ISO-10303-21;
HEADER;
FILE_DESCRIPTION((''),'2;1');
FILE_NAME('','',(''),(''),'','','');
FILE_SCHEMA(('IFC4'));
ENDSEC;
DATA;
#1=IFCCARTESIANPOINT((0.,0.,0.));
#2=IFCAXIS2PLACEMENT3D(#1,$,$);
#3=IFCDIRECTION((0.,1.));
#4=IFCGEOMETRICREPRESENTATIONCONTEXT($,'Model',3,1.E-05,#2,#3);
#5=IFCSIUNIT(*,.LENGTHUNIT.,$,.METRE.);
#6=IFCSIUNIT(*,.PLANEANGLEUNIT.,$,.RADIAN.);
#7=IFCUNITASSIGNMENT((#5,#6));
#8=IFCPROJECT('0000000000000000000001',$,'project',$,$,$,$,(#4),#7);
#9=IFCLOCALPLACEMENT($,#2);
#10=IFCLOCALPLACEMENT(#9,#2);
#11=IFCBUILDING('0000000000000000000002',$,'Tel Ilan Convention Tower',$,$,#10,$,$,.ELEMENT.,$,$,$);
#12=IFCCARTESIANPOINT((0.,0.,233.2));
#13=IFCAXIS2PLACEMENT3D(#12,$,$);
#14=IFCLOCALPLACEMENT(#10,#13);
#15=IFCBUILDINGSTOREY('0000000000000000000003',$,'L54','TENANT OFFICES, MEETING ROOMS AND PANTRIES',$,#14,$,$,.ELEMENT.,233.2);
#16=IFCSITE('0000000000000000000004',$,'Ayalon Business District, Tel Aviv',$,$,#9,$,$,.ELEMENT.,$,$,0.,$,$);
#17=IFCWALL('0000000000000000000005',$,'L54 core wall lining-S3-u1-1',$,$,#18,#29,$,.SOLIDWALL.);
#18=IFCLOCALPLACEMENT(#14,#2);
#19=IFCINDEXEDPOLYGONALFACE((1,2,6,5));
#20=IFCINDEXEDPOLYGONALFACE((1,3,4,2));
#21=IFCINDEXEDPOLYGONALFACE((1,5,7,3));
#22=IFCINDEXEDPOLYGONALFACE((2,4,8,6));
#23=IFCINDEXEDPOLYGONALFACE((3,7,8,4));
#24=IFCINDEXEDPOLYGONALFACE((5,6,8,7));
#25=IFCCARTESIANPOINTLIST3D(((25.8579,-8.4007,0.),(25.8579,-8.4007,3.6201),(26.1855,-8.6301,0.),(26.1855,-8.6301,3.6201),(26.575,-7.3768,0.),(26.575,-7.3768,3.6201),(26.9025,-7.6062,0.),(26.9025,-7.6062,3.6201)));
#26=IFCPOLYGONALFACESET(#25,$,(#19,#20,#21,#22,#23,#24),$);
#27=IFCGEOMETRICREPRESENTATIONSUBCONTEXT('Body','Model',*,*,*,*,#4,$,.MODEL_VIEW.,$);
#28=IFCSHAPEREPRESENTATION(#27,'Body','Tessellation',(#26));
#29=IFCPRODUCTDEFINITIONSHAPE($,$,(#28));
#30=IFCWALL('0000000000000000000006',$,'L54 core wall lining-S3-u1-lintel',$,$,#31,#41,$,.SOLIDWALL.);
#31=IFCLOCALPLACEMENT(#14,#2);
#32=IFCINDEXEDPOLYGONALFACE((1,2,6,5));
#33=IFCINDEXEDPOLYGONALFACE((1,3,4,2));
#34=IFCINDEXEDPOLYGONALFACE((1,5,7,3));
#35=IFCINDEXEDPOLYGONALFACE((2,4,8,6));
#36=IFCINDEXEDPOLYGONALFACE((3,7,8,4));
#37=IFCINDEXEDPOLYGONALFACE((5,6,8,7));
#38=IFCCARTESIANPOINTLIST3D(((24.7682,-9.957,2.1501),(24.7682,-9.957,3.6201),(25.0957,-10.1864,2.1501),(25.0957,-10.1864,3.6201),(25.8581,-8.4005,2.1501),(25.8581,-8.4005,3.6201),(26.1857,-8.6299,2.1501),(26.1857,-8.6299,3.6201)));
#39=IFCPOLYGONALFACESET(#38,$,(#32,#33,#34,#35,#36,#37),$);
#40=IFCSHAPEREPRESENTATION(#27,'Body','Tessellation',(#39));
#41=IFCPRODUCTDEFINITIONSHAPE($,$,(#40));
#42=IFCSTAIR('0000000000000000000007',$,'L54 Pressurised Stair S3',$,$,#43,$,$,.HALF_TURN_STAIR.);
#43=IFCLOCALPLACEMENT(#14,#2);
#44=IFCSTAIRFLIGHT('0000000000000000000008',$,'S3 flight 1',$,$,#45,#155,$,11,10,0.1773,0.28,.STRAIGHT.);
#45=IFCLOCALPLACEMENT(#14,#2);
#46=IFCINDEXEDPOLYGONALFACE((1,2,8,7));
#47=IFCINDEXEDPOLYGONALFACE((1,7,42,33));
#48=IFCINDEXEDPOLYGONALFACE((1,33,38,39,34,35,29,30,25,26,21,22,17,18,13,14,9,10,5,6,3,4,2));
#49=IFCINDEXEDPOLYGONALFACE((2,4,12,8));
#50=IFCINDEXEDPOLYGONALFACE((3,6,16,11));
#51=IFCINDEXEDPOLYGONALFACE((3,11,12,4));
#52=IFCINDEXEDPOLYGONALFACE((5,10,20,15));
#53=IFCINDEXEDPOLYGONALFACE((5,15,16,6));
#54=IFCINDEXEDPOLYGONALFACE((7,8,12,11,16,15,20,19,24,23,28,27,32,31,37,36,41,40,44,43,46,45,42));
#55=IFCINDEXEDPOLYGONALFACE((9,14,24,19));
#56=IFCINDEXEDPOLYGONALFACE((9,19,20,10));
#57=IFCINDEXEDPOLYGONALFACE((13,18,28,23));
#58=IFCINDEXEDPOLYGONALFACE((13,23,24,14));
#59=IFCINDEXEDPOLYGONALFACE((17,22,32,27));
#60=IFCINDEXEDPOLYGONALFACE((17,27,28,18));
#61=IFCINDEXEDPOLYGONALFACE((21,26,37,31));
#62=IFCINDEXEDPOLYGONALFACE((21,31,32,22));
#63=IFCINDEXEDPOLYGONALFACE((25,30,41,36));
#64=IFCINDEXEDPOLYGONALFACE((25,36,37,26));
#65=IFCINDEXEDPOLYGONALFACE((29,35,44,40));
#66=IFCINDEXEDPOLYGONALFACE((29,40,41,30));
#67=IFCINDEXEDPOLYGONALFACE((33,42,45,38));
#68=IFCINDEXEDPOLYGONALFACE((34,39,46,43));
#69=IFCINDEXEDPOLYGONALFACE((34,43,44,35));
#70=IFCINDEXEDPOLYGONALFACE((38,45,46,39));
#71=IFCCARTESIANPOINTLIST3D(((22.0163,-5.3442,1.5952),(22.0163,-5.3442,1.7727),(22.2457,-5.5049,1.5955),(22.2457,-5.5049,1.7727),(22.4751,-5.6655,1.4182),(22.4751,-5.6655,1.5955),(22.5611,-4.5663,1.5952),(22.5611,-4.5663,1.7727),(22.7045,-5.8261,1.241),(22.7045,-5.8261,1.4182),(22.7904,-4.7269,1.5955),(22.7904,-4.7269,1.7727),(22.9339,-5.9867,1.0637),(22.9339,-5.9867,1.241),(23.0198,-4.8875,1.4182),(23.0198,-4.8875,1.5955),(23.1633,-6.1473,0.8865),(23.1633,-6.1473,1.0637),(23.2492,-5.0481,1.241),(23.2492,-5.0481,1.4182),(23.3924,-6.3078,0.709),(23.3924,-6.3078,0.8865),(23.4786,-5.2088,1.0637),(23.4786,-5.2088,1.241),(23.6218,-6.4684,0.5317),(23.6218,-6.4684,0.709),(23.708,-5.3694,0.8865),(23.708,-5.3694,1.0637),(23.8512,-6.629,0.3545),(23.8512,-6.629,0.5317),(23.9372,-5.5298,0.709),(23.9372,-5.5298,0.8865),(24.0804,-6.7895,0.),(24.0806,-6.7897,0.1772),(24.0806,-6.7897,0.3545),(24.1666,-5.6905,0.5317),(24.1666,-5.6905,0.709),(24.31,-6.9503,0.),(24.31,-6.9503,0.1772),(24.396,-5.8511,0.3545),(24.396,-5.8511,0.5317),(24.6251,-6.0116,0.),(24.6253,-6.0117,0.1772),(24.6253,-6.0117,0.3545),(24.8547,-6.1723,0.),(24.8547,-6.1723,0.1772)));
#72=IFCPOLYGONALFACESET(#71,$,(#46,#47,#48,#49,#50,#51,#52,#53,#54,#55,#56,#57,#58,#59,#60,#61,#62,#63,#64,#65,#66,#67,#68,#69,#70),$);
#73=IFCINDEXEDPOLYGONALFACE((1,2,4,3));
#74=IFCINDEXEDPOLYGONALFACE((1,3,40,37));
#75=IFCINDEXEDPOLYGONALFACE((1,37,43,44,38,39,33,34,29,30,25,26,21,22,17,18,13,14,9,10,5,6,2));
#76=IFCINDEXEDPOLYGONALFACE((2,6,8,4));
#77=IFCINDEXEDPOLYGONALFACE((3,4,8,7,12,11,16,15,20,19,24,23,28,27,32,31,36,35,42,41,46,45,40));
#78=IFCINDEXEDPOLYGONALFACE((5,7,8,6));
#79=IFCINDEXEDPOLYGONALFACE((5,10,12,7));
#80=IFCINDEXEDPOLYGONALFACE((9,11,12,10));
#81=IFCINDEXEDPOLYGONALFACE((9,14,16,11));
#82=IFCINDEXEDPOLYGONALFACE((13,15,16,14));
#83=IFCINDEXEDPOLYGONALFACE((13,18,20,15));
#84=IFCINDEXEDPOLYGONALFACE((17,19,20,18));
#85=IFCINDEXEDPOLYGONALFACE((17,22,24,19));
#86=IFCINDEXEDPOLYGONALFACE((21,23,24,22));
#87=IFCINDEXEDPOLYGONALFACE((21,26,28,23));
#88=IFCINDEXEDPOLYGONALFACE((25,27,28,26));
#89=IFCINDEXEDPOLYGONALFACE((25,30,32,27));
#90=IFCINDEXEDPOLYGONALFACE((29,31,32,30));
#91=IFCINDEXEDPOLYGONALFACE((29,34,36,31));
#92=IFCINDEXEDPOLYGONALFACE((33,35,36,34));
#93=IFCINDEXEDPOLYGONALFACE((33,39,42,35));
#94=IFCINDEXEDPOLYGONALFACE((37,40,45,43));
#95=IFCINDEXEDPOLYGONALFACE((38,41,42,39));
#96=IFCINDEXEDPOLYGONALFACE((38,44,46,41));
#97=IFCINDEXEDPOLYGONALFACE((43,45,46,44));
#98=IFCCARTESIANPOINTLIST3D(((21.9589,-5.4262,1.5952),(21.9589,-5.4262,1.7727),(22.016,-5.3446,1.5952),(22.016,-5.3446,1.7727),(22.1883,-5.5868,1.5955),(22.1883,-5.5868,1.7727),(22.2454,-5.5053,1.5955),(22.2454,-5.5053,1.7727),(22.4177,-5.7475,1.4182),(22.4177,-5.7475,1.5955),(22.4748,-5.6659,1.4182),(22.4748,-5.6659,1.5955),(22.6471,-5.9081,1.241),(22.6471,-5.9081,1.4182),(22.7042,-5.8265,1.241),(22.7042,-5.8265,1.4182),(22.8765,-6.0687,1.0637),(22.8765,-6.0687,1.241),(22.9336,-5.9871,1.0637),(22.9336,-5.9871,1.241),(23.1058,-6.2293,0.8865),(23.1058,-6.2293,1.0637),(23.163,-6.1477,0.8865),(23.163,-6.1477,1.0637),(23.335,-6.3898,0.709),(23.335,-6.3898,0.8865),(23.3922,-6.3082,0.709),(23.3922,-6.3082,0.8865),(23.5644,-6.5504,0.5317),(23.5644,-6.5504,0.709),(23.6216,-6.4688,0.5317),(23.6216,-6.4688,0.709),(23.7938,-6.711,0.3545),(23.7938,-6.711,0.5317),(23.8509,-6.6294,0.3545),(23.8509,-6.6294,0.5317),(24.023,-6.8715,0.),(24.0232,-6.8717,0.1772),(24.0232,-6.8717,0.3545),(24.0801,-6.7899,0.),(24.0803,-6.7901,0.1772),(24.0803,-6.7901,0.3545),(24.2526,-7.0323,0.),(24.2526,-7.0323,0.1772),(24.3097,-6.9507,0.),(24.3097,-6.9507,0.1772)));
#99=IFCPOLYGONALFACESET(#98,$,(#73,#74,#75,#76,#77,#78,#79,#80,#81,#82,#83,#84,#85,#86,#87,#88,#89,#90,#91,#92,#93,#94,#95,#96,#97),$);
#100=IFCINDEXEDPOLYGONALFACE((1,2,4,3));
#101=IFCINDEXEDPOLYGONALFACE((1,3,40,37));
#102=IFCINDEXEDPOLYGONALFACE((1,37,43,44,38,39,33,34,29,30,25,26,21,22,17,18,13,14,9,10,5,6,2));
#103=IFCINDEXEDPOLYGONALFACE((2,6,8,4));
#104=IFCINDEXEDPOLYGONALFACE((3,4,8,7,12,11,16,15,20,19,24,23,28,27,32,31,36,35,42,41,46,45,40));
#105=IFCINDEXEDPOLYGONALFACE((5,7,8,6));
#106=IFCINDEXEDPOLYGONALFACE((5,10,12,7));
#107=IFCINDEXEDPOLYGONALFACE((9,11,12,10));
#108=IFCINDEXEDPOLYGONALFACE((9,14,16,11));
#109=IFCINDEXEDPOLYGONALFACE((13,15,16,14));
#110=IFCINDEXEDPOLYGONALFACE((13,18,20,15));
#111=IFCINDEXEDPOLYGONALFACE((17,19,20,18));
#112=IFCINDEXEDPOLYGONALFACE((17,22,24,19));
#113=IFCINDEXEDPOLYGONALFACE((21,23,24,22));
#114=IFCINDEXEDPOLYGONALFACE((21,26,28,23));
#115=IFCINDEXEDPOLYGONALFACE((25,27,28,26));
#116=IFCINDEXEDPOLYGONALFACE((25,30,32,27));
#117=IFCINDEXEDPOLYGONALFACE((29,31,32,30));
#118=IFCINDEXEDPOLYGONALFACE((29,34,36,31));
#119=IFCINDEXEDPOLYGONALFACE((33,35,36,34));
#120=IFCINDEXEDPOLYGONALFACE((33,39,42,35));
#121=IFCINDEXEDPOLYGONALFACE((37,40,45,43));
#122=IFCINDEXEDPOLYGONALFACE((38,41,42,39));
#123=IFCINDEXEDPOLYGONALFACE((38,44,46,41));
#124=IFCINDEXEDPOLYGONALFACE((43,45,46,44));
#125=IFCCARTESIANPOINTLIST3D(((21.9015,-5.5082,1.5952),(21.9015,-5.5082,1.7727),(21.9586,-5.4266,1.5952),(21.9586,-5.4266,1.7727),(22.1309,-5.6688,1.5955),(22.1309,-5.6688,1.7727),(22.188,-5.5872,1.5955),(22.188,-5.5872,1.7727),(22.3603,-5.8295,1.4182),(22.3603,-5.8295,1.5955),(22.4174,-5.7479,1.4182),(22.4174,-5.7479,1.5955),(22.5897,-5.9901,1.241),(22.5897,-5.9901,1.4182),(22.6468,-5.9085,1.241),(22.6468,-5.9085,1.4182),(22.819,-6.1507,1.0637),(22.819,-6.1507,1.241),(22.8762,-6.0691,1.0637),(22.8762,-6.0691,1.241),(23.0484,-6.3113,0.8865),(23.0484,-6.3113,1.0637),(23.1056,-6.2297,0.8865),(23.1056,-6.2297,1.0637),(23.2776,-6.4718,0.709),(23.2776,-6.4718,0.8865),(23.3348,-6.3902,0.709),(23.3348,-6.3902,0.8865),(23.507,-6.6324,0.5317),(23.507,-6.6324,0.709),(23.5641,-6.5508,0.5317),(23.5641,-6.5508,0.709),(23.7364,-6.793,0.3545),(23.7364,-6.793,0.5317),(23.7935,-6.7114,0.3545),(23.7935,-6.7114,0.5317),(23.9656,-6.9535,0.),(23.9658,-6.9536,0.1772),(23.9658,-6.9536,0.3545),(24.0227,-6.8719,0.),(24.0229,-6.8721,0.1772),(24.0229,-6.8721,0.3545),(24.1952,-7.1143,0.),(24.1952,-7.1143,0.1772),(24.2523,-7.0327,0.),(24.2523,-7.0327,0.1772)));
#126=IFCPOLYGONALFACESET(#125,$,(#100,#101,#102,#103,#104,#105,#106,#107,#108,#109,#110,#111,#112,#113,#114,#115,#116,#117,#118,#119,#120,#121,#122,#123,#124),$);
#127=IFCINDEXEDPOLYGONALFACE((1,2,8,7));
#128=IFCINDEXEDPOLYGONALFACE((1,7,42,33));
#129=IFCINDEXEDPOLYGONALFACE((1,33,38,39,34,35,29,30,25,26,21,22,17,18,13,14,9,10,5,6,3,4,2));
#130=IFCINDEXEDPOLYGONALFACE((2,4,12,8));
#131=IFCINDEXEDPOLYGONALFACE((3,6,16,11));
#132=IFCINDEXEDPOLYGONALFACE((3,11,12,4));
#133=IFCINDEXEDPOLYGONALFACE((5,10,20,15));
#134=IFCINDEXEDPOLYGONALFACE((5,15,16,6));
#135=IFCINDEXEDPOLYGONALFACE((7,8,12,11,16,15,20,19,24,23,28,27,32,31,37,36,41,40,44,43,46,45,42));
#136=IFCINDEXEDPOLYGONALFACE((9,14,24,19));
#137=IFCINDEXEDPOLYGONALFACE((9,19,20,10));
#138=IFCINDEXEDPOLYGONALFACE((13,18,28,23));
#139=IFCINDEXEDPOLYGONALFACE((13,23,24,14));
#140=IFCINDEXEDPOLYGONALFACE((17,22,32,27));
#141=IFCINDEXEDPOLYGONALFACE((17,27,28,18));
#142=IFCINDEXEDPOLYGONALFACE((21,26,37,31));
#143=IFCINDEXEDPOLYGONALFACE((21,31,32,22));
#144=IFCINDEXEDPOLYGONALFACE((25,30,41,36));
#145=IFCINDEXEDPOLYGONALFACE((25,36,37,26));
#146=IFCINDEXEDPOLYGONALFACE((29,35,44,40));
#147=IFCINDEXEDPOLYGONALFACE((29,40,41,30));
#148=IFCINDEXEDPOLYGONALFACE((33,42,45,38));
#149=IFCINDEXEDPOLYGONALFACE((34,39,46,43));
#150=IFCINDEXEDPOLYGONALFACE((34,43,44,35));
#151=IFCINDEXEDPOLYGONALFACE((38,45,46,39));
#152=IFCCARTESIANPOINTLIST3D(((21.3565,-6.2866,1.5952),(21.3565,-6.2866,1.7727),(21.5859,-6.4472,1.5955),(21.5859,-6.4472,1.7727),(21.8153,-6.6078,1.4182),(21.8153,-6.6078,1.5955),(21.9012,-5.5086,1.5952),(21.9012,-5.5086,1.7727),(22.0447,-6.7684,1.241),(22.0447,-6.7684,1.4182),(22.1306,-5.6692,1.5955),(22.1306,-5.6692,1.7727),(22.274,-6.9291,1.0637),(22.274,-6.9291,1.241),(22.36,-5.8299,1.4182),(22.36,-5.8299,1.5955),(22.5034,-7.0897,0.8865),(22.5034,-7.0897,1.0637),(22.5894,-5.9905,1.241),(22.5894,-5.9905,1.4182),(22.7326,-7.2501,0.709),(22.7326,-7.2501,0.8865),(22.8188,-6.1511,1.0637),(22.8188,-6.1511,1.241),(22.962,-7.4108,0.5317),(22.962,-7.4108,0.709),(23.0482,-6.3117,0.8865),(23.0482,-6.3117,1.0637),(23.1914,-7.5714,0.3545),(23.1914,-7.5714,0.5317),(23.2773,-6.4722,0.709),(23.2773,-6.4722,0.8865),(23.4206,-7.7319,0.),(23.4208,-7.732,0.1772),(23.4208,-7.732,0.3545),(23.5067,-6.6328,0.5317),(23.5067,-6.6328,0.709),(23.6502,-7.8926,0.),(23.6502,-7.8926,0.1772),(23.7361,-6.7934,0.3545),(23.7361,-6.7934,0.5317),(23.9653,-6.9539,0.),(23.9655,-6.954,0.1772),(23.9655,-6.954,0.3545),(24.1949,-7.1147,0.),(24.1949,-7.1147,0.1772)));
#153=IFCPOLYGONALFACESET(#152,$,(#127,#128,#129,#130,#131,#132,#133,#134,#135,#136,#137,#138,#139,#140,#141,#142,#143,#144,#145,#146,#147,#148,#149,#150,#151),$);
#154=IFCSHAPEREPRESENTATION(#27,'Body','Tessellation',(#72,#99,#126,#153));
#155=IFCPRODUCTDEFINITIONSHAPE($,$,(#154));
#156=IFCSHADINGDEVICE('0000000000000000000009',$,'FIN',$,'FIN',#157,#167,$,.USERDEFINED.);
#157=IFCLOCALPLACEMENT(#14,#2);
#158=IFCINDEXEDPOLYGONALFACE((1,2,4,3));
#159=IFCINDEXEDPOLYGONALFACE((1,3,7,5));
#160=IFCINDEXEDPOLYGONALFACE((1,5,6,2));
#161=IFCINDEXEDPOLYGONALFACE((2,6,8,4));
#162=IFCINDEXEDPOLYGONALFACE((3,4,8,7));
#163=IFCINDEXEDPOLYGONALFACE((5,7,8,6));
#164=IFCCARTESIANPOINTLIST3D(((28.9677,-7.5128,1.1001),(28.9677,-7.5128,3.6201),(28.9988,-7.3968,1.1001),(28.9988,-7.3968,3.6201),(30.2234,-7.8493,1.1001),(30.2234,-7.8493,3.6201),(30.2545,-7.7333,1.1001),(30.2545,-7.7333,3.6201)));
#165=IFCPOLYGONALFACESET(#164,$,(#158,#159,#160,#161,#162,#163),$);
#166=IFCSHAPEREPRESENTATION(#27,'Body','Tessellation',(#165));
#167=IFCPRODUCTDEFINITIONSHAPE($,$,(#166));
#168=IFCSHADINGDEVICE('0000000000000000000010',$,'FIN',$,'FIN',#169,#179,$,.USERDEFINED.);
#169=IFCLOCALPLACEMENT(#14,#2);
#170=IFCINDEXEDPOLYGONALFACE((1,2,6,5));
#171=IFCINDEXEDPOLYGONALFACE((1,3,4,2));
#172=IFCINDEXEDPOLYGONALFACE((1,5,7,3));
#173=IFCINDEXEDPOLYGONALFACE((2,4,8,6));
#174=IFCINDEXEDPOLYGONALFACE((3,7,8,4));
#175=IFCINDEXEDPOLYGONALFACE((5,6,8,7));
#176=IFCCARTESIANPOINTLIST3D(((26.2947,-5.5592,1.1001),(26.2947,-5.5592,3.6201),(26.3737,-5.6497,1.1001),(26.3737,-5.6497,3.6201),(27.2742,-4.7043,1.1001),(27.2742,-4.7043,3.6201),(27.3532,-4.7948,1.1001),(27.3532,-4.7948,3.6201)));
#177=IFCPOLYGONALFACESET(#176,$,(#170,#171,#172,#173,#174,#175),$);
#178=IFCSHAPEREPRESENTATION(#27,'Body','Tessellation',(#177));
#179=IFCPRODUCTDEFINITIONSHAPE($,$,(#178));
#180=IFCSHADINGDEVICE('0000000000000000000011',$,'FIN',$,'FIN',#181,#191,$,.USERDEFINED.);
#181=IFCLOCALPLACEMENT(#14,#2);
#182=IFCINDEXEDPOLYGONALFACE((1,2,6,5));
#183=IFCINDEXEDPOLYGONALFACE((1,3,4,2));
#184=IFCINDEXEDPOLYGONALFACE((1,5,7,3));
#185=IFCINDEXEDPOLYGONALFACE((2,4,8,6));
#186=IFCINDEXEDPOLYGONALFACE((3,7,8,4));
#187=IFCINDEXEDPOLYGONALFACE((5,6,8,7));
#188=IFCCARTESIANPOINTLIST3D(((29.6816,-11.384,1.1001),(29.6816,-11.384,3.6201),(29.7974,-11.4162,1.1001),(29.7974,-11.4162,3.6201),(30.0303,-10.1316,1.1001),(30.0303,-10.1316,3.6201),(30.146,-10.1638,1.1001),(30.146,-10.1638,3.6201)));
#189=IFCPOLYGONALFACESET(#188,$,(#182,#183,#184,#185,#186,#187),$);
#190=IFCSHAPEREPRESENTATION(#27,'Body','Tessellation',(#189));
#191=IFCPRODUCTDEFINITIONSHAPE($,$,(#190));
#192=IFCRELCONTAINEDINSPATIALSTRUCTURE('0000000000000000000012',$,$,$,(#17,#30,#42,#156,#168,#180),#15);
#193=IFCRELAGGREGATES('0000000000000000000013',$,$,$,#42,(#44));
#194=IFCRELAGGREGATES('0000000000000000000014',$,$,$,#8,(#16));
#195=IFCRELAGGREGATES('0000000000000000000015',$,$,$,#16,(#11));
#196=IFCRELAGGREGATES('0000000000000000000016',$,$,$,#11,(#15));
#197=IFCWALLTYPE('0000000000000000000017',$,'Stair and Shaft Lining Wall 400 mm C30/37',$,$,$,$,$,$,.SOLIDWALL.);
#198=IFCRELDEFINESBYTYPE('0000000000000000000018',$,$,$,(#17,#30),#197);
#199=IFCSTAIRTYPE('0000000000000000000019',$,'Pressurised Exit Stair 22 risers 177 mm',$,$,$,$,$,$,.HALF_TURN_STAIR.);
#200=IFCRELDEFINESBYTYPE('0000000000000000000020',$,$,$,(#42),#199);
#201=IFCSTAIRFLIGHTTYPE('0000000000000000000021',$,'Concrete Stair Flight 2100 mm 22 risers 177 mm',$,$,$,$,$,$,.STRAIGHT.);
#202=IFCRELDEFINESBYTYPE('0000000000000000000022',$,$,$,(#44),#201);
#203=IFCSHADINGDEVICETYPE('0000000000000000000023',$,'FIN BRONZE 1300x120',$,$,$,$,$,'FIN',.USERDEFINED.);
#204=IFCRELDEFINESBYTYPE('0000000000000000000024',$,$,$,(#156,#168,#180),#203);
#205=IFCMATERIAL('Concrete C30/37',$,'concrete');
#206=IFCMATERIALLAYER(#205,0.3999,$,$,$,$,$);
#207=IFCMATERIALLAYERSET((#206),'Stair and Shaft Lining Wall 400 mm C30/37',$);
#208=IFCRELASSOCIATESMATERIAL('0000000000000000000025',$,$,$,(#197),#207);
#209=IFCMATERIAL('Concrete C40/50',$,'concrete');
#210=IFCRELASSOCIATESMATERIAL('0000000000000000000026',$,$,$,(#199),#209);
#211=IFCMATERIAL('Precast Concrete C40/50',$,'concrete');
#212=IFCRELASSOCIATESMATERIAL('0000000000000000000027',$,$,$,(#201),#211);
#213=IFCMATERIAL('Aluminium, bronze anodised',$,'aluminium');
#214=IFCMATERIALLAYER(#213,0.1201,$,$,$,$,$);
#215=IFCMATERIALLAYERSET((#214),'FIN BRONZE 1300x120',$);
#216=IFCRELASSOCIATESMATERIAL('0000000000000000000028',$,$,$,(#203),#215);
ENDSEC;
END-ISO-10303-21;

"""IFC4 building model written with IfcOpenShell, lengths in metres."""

from ifc_helpers import new_model, si_unit, direction, frame, frame_2d, origin, origin_2d, place, context, subcontext, project, spatial, polyline, rectangle, outline, extrude, material, layer, layer_set, type_object, element, aggregate, save


model = new_model("IFC4")

# Units and contexts
model_context = context("Model", 3, precision=1e-05, world=origin(), true_north=direction((0.0, 1.0)))
body_context = subcontext(model_context, "Body", "Model", "MODEL_VIEW")
ifc_project = project(units=[si_unit("LENGTHUNIT", "METRE"), si_unit("PLANEANGLEUNIT", "RADIAN")], contexts=[model_context])

# Site, building, storey
site_placement = place(None, origin())
site = spatial("IfcSite", under=ifc_project, at=site_placement, Name="Ayalon Business District, Tel Aviv", CompositionType="ELEMENT", RefElevation=0.0)
building_placement = place(site_placement, origin())
building = spatial("IfcBuilding", under=site, at=building_placement, Name="Tel Ilan Convention Tower", CompositionType="ELEMENT")
storey_placement = place(building_placement, frame((0.0, 0.0, 233.2)))
storey = spatial("IfcBuildingStorey", under=building, at=storey_placement, Name="L54", Description="TENANT OFFICES, MEETING ROOMS AND PANTRIES", CompositionType="ELEMENT", Elevation=233.2)

# Walls
ifc_material_1 = material(Name="Concrete C30/37", Category="concrete")
ifc_layer_1 = layer(ifc_material_1, 0.3999)
ifc_layer_set_1 = layer_set([ifc_layer_1], Name="Stair and Shaft Lining Wall 400 mm C30/37")
wall_type_1 = type_object("IfcWallType", Name="Stair and Shaft Lining Wall 400 mm C30/37", PredefinedType="SOLIDWALL", material=ifc_layer_set_1)
wall_1_placement = place(storey_placement, frame((26.0217, -8.5154, 0.0), z_axis=(0.0, 0.0, 1.0), x_axis=(0.57362, 0.819122, 0.0)))
element("IfcWall", 1, at=wall_1_placement, inside=storey, type_object=wall_type_1, Name="L54 core wall lining-S3-u1-1", PredefinedType="SOLIDWALL", context=body_context, shape_type="SweptSolid", body=[
    extrude(rectangle(XDim=1.25, YDim=0.3999, at=frame_2d((0.625, 0.0))), origin(), (0.0, 0.0, 1.0), 3.6201),
])
wall_2_placement = place(storey_placement, frame((24.9319, -10.0718, 2.1501), z_axis=(0.0, 0.0, 1.0), x_axis=(0.573592, 0.819141, 0.0)))
element("IfcWall", 2, at=wall_2_placement, inside=storey, type_object=wall_type_1, Name="L54 core wall lining-S3-u1-lintel", PredefinedType="SOLIDWALL", context=body_context, shape_type="SweptSolid", body=[
    extrude(rectangle(XDim=1.9001, YDim=0.3999, at=frame_2d((0.9502, 0.0))), origin(), (0.0, 0.0, 1.0), 1.47),
])

# Stair, stair flight
ifc_material_2 = material(Name="Concrete C40/50", Category="concrete")
stair_type = type_object("IfcStairType", Name="Pressurised Exit Stair 22 risers 177 mm", PredefinedType="HALF_TURN_STAIR", material=ifc_material_2)
stair_placement = place(storey_placement, origin())
stair = element("IfcStair", 3, at=stair_placement, inside=storey, type_object=stair_type, Name="L54 Pressurised Stair S3", PredefinedType="HALF_TURN_STAIR")
ifc_material_3 = material(Name="Precast Concrete C40/50", Category="concrete")
stair_flight_type = type_object("IfcStairFlightType", Name="Concrete Stair Flight 2100 mm 22 risers 177 mm", PredefinedType="STRAIGHT", material=ifc_material_3)
stair_flight_placement = place(storey_placement, frame((24.2524, -7.0325, 0.0), z_axis=(0.0, 0.0, 1.0), x_axis=(-0.819152, 0.573576, 0.0)))
stair_flight = element("IfcStairFlight", 4, at=stair_flight_placement, type_object=stair_flight_type, Name="S3 flight 1", NumberOfRisers=11, NumberOfTreads=10, PredefinedType="STRAIGHT", RiserHeight=0.1773, TreadLength=0.28, context=body_context, shape_type="SweptSolid", body=[
    extrude(outline(polyline([(0.0, 0.0), (0.0, 0.1772), (0.28, 0.1772), (0.28, 0.3545), (0.5601, 0.3545), (0.5601, 0.5317), (0.8401, 0.5317), (0.8401, 0.709), (1.1201, 0.709), (1.1201, 0.8865), (1.3999, 0.8865), (1.3999, 1.0637), (1.6799, 1.0637), (1.6799, 1.241), (1.96, 1.241), (1.96, 1.4182), (2.24, 1.4182), (2.24, 1.5955), (2.52, 1.5955), (2.52, 1.7727), (2.8, 1.7727), (2.8, 1.95), (2.8, 1.5952), (0.2803, 0.0), (0.0, 0.0)])), frame((0.0, -0.1003, 0.0), z_axis=(0.0, -1.0, 0.0), x_axis=(1.0, 0.0, 0.0)), (0.0, 0.0, 1.0), 0.9497),
    extrude(outline(polyline([(0.0, 0.0), (0.0, 0.1772), (0.28, 0.1772), (0.28, 0.3545), (0.5601, 0.3545), (0.5601, 0.5317), (0.8401, 0.5317), (0.8401, 0.709), (1.1201, 0.709), (1.1201, 0.8865), (1.3999, 0.8865), (1.3999, 1.0637), (1.6799, 1.0637), (1.6799, 1.241), (1.96, 1.241), (1.96, 1.4182), (2.24, 1.4182), (2.24, 1.5955), (2.52, 1.5955), (2.52, 1.7727), (2.8, 1.7727), (2.8, 1.95), (2.8, 1.5952), (0.2803, 0.0), (0.0, 0.0)])), frame((0.0, -0.0002, 0.0), z_axis=(0.0, -1.0, 0.0), x_axis=(1.0, 0.0, 0.0)), (0.0, 0.0, 1.0), 0.0996),
    extrude(outline(polyline([(0.0, 0.0), (0.0, 0.1772), (0.28, 0.1772), (0.28, 0.3545), (0.5601, 0.3545), (0.5601, 0.5317), (0.8401, 0.5317), (0.8401, 0.709), (1.1201, 0.709), (1.1201, 0.8865), (1.3999, 0.8865), (1.3999, 1.0637), (1.6799, 1.0637), (1.6799, 1.241), (1.96, 1.241), (1.96, 1.4182), (2.24, 1.4182), (2.24, 1.5955), (2.52, 1.5955), (2.52, 1.7727), (2.8, 1.7727), (2.8, 1.95), (2.8, 1.5952), (0.2803, 0.0), (0.0, 0.0)])), frame((0.0, 0.0999, 0.0), z_axis=(0.0, -1.0, 0.0), x_axis=(1.0, 0.0, 0.0)), (0.0, 0.0, 1.0), 0.0996),
    extrude(outline(polyline([(0.0, 0.0), (0.0, 0.1772), (0.28, 0.1772), (0.28, 0.3545), (0.5601, 0.3545), (0.5601, 0.5317), (0.8401, 0.5317), (0.8401, 0.709), (1.1201, 0.709), (1.1201, 0.8865), (1.3999, 0.8865), (1.3999, 1.0637), (1.6799, 1.0637), (1.6799, 1.241), (1.96, 1.241), (1.96, 1.4182), (2.24, 1.4182), (2.24, 1.5955), (2.52, 1.5955), (2.52, 1.7727), (2.8, 1.7727), (2.8, 1.95), (2.8, 1.5952), (0.2803, 0.0), (0.0, 0.0)])), frame((0.0, 1.05, 0.0), z_axis=(0.0, -1.0, 0.0), x_axis=(1.0, 0.0, 0.0)), (0.0, 0.0, 1.0), 0.9497),
])
aggregate(stair, [stair_flight])

# Shading devices
ifc_material_4 = material(Name="Aluminium, bronze anodised", Category="aluminium")
ifc_layer_2 = layer(ifc_material_4, 0.1201)
ifc_layer_set_2 = layer_set([ifc_layer_2], Name="FIN BRONZE 1300x120")
shading_device_type = type_object("IfcShadingDeviceType", Name="FIN BRONZE 1300x120", ElementType="FIN", PredefinedType="USERDEFINED", material=ifc_layer_set_2)
for number, where, z_axis, x_axis, name in (
    (5, (29.6111, -7.623, 1.1001), (0.0, 0.0, 1.0), (0.965926, -0.258819, 0.0), "FIN"),
    (6, (26.824, -5.177, 1.1001), (0.0, 0.0, 1.0), (0.753436, 0.657521, 0.0), "FIN"),
    (7, (29.9138, -10.7739, 1.1001), (0.0, 0.0, 1.0), (0.268173, 0.963371, 0.0), "FIN"),
):
    element("IfcShadingDevice", number, at=place(storey_placement, frame(where, z_axis=z_axis, x_axis=x_axis)), inside=storey, type_object=shading_device_type, Name=name, ObjectType="FIN", PredefinedType="USERDEFINED", context=body_context, shape_type="SweptSolid", body=[
        extrude(rectangle(XDim=1.3, YDim=0.1201, at=origin_2d()), origin(), (0.0, 0.0, 1.0), 2.52),
    ])

save(model, "model.ifc")
